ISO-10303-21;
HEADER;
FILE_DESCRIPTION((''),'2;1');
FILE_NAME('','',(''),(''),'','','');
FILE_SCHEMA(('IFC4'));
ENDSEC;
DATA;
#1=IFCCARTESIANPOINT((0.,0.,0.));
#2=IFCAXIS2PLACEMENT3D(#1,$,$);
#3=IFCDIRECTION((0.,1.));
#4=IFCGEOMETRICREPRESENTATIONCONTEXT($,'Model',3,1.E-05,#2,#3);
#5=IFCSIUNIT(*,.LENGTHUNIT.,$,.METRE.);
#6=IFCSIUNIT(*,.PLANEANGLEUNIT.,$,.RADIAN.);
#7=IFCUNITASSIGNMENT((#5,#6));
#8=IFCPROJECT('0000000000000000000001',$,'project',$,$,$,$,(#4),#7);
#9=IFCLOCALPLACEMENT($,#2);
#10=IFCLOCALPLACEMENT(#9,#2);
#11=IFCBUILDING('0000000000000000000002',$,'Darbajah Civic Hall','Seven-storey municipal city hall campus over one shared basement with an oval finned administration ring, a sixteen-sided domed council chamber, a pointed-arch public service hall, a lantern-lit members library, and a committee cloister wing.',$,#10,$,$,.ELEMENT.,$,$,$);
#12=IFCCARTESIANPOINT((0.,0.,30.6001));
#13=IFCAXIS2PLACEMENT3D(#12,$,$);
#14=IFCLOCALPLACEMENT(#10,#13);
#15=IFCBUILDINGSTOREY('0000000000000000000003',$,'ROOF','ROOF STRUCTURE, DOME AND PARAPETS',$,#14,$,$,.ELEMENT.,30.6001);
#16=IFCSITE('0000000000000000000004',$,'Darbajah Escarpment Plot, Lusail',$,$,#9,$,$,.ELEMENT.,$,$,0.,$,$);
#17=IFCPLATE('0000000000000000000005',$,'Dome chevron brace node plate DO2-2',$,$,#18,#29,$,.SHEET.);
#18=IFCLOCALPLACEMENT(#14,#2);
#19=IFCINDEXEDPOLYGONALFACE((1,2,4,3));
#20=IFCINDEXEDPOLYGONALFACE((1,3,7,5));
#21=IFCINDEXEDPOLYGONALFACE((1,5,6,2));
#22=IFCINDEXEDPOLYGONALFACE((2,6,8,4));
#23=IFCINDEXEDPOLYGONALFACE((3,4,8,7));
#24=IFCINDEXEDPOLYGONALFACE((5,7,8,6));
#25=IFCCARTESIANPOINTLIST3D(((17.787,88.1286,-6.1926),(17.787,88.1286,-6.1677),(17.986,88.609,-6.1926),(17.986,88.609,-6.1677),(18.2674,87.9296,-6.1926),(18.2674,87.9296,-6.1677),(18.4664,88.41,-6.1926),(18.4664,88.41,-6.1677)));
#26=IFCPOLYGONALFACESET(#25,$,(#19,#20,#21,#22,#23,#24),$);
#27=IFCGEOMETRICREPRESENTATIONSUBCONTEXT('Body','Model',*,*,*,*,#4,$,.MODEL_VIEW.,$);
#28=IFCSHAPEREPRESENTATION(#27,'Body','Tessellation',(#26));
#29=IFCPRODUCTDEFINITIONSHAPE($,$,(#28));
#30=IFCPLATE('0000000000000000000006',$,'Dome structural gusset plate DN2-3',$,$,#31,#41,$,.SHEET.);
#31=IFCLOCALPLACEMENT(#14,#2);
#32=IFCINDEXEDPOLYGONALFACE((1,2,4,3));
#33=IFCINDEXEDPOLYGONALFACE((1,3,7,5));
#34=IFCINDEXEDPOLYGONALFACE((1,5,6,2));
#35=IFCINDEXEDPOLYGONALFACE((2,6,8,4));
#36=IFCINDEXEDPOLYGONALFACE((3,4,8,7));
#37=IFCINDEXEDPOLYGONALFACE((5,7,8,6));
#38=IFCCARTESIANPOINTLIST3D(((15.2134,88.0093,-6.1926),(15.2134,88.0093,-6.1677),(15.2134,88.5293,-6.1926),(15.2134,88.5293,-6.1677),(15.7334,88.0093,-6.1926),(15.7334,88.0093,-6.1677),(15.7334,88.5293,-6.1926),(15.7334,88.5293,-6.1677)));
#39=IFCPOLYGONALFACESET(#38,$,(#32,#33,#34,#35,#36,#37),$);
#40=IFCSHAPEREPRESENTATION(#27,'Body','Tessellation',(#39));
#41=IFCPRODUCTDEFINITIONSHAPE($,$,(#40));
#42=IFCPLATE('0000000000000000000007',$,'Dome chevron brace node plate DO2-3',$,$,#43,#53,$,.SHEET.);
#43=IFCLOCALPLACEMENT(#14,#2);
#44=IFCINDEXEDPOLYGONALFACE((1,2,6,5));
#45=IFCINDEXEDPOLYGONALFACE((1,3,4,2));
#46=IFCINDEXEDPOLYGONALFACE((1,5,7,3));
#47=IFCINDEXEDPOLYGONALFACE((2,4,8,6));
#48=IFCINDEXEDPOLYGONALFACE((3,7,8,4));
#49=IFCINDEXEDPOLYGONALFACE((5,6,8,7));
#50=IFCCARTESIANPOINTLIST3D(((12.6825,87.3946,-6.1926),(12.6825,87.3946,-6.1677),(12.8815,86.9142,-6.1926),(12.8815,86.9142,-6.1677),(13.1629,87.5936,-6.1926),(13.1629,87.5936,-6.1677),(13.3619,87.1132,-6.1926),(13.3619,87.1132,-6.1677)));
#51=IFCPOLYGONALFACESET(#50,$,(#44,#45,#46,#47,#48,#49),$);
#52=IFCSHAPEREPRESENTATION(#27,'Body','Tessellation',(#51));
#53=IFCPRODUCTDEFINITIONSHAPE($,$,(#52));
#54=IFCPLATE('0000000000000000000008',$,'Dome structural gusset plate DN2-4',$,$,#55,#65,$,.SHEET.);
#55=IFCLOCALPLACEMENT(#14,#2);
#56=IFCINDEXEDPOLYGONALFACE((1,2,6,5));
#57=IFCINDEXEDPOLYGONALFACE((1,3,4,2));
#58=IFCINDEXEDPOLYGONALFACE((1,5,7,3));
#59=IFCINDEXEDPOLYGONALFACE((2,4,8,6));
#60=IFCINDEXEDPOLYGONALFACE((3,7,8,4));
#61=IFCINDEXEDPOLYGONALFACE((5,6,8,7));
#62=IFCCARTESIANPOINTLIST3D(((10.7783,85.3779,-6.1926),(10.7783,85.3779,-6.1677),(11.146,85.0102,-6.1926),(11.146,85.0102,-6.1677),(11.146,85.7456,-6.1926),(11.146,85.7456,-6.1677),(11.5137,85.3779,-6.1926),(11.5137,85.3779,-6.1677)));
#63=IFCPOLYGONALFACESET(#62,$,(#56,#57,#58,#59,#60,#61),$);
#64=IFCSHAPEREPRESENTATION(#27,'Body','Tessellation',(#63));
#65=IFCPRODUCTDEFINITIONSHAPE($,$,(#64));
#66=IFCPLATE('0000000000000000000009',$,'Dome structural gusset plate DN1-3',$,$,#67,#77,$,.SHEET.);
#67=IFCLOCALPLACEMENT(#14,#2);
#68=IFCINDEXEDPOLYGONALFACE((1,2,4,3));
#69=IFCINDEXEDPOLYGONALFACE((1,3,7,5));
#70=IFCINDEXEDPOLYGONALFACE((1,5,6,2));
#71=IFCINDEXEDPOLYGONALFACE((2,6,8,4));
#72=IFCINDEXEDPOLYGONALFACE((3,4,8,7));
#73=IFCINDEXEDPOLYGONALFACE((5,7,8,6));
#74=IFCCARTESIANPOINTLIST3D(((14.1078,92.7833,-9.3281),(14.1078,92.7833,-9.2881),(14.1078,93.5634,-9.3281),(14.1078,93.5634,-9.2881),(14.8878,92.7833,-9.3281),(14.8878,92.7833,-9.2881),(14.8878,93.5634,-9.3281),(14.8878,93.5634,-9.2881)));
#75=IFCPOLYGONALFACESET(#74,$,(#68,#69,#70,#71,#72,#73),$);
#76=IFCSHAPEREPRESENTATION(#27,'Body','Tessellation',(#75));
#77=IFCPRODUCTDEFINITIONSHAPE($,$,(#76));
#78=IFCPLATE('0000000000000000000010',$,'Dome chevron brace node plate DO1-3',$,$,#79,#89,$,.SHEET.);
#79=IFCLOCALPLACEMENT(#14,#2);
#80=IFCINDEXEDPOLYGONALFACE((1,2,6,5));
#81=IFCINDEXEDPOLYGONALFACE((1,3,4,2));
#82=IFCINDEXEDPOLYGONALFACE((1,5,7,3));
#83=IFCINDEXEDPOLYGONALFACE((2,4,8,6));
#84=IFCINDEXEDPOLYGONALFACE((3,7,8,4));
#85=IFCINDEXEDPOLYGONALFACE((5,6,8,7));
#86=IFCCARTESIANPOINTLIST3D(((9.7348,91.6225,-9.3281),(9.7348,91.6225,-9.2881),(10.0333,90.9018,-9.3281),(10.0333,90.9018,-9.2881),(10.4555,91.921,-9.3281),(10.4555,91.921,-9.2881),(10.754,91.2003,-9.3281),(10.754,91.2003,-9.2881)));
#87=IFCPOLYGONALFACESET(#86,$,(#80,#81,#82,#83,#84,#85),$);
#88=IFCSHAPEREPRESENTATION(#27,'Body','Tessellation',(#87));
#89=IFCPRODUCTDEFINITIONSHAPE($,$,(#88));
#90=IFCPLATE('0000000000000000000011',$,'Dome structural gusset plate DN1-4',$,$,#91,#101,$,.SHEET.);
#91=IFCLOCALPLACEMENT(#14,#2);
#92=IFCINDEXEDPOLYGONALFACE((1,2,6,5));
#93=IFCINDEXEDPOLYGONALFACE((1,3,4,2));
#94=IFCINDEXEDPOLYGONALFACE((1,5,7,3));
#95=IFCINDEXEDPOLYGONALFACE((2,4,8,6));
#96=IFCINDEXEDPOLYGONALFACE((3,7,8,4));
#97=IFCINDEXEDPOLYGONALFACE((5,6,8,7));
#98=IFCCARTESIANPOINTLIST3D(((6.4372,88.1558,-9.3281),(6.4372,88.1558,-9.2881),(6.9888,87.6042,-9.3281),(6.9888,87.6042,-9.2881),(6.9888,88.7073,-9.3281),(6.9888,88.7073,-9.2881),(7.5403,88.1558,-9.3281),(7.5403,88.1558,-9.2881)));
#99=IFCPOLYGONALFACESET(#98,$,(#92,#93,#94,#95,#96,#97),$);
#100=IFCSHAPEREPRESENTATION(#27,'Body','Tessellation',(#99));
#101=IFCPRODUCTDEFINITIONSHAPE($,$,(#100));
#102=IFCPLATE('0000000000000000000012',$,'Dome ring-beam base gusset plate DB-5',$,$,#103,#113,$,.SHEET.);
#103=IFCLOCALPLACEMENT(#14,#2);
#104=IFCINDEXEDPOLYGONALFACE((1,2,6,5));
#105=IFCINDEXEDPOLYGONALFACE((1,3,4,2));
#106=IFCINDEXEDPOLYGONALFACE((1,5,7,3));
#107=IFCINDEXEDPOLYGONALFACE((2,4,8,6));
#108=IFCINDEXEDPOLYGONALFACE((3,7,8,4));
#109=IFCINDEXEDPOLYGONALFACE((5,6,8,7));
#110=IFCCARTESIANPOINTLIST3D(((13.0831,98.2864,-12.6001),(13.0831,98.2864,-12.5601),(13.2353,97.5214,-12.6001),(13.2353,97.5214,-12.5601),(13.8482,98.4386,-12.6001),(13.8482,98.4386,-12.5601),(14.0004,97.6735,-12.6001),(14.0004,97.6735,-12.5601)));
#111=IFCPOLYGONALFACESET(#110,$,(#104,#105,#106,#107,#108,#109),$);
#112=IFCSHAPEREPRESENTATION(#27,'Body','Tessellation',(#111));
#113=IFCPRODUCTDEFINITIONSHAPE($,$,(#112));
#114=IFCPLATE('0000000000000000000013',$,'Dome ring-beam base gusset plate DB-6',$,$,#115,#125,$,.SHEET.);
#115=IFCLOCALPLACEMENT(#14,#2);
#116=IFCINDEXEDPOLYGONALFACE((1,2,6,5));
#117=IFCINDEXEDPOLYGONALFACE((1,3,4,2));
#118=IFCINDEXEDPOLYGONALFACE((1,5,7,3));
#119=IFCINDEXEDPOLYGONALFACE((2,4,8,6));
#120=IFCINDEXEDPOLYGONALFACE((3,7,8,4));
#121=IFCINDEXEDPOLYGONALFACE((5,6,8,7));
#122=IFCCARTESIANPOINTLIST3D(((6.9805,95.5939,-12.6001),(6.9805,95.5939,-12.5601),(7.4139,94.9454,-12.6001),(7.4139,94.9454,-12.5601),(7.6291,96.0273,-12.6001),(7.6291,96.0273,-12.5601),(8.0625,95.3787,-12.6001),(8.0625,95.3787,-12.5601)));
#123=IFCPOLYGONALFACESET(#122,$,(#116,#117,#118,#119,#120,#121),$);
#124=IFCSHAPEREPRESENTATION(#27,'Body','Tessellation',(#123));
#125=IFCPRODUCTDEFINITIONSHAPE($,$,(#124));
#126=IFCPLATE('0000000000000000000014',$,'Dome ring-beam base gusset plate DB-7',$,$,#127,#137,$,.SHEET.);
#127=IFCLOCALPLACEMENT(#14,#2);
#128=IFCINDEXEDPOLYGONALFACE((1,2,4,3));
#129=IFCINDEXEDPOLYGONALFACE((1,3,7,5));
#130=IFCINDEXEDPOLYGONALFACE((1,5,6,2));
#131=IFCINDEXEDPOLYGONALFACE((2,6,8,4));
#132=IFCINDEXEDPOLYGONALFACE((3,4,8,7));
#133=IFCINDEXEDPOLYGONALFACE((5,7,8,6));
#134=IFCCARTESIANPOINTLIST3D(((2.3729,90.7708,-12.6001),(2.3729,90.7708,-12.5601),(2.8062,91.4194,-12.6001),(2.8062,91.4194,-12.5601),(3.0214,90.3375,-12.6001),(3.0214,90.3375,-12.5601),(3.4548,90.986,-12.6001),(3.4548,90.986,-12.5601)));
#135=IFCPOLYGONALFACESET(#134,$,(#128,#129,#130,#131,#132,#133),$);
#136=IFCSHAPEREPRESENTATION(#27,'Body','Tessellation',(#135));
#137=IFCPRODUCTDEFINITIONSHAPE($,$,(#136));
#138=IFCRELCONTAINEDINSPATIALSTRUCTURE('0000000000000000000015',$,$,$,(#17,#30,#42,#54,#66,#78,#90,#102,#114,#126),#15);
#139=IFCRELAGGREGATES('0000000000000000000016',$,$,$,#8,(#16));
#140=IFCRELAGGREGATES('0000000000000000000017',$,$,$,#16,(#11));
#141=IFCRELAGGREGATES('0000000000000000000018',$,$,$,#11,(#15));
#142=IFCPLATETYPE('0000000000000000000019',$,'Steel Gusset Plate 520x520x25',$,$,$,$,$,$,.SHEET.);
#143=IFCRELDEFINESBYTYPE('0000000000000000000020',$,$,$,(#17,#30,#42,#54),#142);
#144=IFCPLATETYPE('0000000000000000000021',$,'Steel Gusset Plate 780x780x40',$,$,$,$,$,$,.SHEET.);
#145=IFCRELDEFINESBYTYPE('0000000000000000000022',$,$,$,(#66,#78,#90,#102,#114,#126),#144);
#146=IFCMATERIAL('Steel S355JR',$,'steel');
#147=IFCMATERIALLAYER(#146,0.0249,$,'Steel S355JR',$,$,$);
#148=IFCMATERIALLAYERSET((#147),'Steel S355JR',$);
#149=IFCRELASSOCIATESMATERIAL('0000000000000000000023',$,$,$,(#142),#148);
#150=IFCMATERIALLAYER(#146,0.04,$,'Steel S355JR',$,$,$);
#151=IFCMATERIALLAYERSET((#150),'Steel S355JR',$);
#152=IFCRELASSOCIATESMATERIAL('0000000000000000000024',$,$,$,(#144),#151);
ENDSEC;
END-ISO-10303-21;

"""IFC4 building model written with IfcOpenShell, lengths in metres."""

from ifc_helpers import new_model, si_unit, direction, frame, origin, origin_2d, place, context, subcontext, project, spatial, rectangle, extrude, material, layer, layer_set, type_object, element, save


model = new_model("IFC4")

# Units and contexts
model_context = context("Model", 3, precision=1e-05, world=origin(), true_north=direction((0.0, 1.0)))
body_context = subcontext(model_context, "Body", "Model", "MODEL_VIEW")
ifc_project = project(units=[si_unit("LENGTHUNIT", "METRE"), si_unit("PLANEANGLEUNIT", "RADIAN")], contexts=[model_context])

# Site, building, storey
site_placement = place(None, origin())
site = spatial("IfcSite", under=ifc_project, at=site_placement, Name="Darbajah Escarpment Plot, Lusail", CompositionType="ELEMENT", RefElevation=0.0)
building_placement = place(site_placement, origin())
building = spatial("IfcBuilding", under=site, at=building_placement, Name="Darbajah Civic Hall", Description="Seven-storey municipal city hall campus over one shared basement with an oval finned administration ring, a sixteen-sided domed council chamber, a pointed-arch public service hall, a lantern-lit members library, and a committee cloister wing.", CompositionType="ELEMENT")
storey_placement = place(building_placement, frame((0.0, 0.0, 30.6001)))
storey = spatial("IfcBuildingStorey", under=building, at=storey_placement, Name="ROOF", Description="ROOF STRUCTURE, DOME AND PARAPETS", CompositionType="ELEMENT", Elevation=30.6001)

# Shared definitions
ifc_material = material(Name="Steel S355JR", Category="steel")

# Plates
ifc_layer_1 = layer(ifc_material, 0.0249, Name="Steel S355JR")
ifc_layer_set_1 = layer_set([ifc_layer_1], Name="Steel S355JR")
plate_type_1 = type_object("IfcPlateType", Name="Steel Gusset Plate 520x520x25", PredefinedType="SHEET", material=ifc_layer_set_1)
for number, where, z_axis, x_axis, name in (
    (1, (18.1267, 88.2693, -6.1926), (0.0, 0.0, 1.0), (0.382683, 0.92388, 0.0), "Dome chevron brace node plate DO2-2"),
    (2, (15.4734, 88.2693, -6.1926), (0.0, 0.0, 1.0), (0.0, 1.0, 0.0), "Dome structural gusset plate DN2-3"),
    (3, (13.0222, 87.2539, -6.1926), (0.0, 0.0, 1.0), (-0.382683, 0.92388, 0.0), "Dome chevron brace node plate DO2-3"),
    (4, (11.146, 85.3779, -6.1926), (0.0, 0.0, 1.0), (-0.707107, 0.707107, 0.0), "Dome structural gusset plate DN2-4"),
):
    element("IfcPlate", number, at=place(storey_placement, frame(where, z_axis=z_axis, x_axis=x_axis)), inside=storey, type_object=plate_type_1, Name=name, PredefinedType="SHEET", context=body_context, shape_type="SweptSolid", body=[
        extrude(rectangle(XDim=0.52, YDim=0.52, at=origin_2d()), origin(), (0.0, 0.0, 1.0), 0.0249),
    ])
ifc_layer_2 = layer(ifc_material, 0.04, Name="Steel S355JR")
ifc_layer_set_2 = layer_set([ifc_layer_2], Name="Steel S355JR")
plate_type_2 = type_object("IfcPlateType", Name="Steel Gusset Plate 780x780x40", PredefinedType="SHEET", material=ifc_layer_set_2)
for number, where, z_axis, x_axis, name in (
    (5, (14.4978, 93.1733, -9.3281), (0.0, 0.0, 1.0), (0.0, 1.0, 0.0), "Dome structural gusset plate DN1-3"),
    (6, (10.2444, 91.4114, -9.3281), (0.0, 0.0, 1.0), (-0.382683, 0.92388, 0.0), "Dome chevron brace node plate DO1-3"),
    (7, (6.9888, 88.1558, -9.3281), (0.0, 0.0, 1.0), (-0.707107, 0.707107, 0.0), "Dome structural gusset plate DN1-4"),
    (8, (13.5417, 97.98, -12.6001), (0.0, 0.0, 1.0), (-0.19509, 0.980785, 0.0), "Dome ring-beam base gusset plate DB-5"),
    (9, (7.5215, 95.4863, -12.6001), (0.0, 0.0, 1.0), (-0.55557, 0.83147, 0.0), "Dome ring-beam base gusset plate DB-6"),
    (10, (2.9138, 90.8784, -12.6001), (0.0, 0.0, 1.0), (-0.83147, 0.55557, 0.0), "Dome ring-beam base gusset plate DB-7"),
):
    element("IfcPlate", number, at=place(storey_placement, frame(where, z_axis=z_axis, x_axis=x_axis)), inside=storey, type_object=plate_type_2, Name=name, PredefinedType="SHEET", context=body_context, shape_type="SweptSolid", body=[
        extrude(rectangle(XDim=0.78, YDim=0.78, at=origin_2d()), origin(), (0.0, 0.0, 1.0), 0.04),
    ])

save(model, "model.ifc")
